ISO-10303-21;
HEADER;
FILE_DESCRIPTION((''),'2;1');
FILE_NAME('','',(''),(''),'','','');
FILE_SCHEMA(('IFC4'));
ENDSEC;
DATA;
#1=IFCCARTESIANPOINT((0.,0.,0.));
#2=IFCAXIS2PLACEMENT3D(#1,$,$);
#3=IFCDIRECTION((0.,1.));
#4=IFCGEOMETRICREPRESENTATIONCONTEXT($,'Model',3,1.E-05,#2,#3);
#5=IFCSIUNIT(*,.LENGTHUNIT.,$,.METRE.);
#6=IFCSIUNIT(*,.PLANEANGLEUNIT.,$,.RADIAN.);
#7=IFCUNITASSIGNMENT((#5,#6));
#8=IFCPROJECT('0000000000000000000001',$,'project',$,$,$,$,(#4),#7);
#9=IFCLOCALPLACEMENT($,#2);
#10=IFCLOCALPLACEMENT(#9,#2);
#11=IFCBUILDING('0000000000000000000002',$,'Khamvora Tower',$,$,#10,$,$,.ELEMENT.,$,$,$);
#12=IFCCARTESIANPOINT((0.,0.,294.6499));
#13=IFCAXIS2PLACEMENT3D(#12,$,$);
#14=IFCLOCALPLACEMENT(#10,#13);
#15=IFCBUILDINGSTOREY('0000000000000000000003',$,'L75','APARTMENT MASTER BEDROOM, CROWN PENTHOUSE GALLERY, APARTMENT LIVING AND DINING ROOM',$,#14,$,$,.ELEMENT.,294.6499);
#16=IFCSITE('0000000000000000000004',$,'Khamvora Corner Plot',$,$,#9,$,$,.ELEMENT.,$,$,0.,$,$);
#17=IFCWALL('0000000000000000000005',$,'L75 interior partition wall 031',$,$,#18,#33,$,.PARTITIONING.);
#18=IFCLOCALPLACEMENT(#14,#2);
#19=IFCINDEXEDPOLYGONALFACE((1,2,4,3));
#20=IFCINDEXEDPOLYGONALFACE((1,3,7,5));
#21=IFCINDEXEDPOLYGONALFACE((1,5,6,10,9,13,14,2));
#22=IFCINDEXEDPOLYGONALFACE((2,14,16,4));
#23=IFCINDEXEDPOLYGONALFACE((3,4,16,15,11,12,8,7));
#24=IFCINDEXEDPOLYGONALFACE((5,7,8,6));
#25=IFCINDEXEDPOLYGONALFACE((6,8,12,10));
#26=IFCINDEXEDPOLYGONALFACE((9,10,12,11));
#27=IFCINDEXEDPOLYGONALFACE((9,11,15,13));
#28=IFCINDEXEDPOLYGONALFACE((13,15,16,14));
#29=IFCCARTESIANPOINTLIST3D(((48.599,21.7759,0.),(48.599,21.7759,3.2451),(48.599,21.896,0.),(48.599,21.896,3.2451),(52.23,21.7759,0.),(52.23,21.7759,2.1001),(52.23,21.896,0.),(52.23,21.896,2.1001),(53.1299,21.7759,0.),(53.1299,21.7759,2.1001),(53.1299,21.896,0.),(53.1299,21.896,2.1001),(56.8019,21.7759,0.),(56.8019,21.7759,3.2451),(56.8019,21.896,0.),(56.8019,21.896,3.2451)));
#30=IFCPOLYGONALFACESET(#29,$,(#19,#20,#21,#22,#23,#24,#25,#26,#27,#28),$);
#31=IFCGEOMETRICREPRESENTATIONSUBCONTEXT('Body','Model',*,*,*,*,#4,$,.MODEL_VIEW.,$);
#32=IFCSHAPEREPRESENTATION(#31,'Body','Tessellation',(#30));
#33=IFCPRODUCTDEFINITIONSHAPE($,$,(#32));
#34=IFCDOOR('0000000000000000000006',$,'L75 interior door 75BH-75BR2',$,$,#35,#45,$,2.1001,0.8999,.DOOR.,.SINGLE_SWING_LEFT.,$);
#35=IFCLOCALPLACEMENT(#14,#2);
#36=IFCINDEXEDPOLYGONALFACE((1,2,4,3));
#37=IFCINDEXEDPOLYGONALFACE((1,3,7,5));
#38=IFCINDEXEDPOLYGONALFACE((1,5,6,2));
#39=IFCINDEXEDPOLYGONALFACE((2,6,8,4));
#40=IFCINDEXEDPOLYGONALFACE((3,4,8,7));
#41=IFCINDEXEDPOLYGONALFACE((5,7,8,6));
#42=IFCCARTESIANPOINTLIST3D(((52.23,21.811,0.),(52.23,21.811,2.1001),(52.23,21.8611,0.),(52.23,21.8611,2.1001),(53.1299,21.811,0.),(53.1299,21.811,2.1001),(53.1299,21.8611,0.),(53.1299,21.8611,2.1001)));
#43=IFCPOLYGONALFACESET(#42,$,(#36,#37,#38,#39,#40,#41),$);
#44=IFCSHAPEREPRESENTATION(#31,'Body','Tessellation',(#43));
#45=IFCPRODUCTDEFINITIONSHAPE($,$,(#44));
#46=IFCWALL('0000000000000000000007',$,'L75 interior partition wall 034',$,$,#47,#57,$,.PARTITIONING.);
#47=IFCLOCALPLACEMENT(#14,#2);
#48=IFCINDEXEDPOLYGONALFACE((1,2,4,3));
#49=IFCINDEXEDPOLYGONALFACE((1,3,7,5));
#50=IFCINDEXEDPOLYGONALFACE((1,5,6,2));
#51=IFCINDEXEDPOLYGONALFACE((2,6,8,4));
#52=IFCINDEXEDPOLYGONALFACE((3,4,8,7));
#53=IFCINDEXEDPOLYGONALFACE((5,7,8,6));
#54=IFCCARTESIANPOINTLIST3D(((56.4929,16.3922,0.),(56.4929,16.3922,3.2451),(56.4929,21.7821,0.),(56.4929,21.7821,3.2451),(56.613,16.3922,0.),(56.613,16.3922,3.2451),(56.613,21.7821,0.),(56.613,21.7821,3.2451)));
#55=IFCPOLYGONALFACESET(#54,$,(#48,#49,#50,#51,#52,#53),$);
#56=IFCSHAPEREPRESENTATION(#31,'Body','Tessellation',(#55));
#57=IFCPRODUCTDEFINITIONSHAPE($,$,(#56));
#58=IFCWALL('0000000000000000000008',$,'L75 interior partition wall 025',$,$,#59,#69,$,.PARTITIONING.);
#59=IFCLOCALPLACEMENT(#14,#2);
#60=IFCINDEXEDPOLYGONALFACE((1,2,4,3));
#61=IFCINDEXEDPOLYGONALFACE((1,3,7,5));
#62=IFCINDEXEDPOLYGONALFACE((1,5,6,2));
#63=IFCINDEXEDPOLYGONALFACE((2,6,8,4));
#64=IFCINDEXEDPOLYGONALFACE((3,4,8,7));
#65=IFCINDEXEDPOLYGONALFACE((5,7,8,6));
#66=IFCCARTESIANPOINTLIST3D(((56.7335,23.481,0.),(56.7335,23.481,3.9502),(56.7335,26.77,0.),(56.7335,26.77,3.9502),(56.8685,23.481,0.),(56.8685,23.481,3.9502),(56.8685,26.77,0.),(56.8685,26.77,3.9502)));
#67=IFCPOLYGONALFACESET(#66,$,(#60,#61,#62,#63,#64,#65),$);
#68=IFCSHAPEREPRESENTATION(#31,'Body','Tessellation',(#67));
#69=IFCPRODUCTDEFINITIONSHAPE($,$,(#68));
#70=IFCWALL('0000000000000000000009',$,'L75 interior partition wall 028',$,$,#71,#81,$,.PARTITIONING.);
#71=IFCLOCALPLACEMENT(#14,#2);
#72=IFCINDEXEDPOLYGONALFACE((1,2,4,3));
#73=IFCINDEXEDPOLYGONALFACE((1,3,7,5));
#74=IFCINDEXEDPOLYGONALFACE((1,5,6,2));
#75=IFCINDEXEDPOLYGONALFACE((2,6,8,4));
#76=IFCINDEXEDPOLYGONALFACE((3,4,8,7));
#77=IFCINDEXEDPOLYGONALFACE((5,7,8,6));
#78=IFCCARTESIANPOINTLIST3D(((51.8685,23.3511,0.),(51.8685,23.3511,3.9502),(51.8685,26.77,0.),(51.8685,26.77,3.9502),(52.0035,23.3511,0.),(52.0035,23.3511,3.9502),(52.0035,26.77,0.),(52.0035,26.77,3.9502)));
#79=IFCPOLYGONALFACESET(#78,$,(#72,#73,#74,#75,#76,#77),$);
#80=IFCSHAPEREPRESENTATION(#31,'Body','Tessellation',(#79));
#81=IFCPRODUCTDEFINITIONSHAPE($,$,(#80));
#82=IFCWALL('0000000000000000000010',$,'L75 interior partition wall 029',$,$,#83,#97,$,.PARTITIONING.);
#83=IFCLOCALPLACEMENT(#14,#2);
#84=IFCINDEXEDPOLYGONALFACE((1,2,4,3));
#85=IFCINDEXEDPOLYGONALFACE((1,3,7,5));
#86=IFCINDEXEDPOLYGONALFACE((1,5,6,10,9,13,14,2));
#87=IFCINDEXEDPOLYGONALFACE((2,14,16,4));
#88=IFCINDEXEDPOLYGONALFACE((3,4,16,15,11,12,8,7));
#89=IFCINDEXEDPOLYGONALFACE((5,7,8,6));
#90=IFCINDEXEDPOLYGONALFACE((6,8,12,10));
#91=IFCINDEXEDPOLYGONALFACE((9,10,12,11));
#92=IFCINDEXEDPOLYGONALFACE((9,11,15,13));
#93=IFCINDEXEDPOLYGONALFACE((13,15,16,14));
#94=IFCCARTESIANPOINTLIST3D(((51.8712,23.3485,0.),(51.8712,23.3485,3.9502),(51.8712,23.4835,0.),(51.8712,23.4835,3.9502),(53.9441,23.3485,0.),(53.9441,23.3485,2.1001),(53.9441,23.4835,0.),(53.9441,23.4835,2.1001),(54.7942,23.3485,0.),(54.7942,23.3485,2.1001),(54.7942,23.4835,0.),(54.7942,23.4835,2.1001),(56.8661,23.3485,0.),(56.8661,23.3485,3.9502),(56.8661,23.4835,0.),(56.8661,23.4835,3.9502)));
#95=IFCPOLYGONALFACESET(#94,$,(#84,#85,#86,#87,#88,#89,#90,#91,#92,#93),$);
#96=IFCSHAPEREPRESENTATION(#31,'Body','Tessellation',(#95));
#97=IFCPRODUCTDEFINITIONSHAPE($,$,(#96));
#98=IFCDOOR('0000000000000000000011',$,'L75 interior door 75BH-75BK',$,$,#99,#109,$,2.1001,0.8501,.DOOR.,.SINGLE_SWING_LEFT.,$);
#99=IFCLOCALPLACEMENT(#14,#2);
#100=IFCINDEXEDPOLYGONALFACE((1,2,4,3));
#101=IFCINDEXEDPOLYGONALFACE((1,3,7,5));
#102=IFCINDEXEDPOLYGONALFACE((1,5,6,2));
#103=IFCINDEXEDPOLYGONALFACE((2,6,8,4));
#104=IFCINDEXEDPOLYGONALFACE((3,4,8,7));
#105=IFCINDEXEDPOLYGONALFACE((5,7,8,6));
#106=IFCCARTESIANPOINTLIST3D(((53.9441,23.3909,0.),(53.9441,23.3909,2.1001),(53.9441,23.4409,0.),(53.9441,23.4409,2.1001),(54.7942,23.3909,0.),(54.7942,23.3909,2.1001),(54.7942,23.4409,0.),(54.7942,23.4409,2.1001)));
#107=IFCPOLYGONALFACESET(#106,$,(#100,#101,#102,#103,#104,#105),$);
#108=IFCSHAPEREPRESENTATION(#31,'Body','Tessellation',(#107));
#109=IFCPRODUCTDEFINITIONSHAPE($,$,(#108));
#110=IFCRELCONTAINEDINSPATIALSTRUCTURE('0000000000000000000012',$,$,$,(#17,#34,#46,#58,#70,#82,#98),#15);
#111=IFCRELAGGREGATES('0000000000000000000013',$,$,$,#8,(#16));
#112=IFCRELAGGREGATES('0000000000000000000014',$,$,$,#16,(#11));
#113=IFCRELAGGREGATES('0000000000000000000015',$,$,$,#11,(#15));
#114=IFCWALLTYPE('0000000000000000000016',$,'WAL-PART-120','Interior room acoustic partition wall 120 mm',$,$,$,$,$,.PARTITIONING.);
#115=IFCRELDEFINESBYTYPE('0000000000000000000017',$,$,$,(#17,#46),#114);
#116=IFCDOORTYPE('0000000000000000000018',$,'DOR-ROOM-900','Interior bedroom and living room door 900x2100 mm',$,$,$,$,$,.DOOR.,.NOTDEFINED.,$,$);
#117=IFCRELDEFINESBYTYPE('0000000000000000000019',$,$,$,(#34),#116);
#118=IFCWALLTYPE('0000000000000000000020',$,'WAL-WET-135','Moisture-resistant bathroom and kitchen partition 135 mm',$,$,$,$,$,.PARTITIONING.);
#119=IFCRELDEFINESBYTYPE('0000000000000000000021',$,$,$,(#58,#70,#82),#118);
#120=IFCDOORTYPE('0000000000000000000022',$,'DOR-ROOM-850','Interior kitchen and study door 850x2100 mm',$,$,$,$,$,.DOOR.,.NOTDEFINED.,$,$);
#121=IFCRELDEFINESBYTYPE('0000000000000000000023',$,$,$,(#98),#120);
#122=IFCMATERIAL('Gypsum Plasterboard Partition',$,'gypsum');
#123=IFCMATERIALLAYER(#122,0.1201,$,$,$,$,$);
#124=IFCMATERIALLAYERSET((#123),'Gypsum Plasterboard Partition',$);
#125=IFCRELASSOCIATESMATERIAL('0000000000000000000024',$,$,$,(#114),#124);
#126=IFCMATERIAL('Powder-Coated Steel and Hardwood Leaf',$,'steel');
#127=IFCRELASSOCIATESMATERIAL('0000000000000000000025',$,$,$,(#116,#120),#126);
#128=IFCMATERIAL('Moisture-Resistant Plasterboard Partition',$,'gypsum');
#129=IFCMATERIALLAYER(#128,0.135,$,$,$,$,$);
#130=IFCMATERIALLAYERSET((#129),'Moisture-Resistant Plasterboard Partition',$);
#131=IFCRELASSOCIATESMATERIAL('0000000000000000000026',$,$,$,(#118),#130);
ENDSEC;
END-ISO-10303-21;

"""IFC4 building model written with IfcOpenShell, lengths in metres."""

from ifc_helpers import new_model, si_unit, direction, frame, frame_2d, origin, place, context, subcontext, project, spatial, rectangle, extrude, material, layer, layer_set, type_object, element, fill, save


model = new_model("IFC4")

# Units and contexts
model_context = context("Model", 3, precision=1e-05, world=origin(), true_north=direction((0.0, 1.0)))
body_context = subcontext(model_context, "Body", "Model", "MODEL_VIEW")
ifc_project = project(units=[si_unit("LENGTHUNIT", "METRE"), si_unit("PLANEANGLEUNIT", "RADIAN")], contexts=[model_context])

# Site, building, storey
site_placement = place(None, origin())
site = spatial("IfcSite", under=ifc_project, at=site_placement, Name="Khamvora Corner Plot", CompositionType="ELEMENT", RefElevation=0.0)
building_placement = place(site_placement, origin())
building = spatial("IfcBuilding", under=site, at=building_placement, Name="Khamvora Tower", CompositionType="ELEMENT")
storey_placement = place(building_placement, frame((0.0, 0.0, 294.6499)))
storey = spatial("IfcBuildingStorey", under=building, at=storey_placement, Name="L75", Description="APARTMENT MASTER BEDROOM, CROWN PENTHOUSE GALLERY, APARTMENT LIVING AND DINING ROOM", CompositionType="ELEMENT", Elevation=294.6499)

# Shared definitions
ifc_material_1 = material(Name="Powder-Coated Steel and Hardwood Leaf", Category="steel")

# Wall, opening, door
ifc_material_2 = material(Name="Gypsum Plasterboard Partition", Category="gypsum")
ifc_layer_1 = layer(ifc_material_2, 0.1201)
ifc_layer_set_1 = layer_set([ifc_layer_1], Name="Gypsum Plasterboard Partition")
wall_type_1 = type_object("IfcWallType", Name="WAL-PART-120", Description="Interior room acoustic partition wall 120 mm", PredefinedType="PARTITIONING", material=ifc_layer_set_1)
wall_1_placement = place(storey_placement, frame((56.802, 21.8359, 0.0), z_axis=(0.0, 0.0, 1.0), x_axis=(-1.0, 0.0, 0.0)))
wall_1 = element("IfcWall", 1, at=wall_1_placement, inside=storey, type_object=wall_type_1, Name="L75 interior partition wall 031", PredefinedType="PARTITIONING", context=body_context, shape_type="SweptSolid", body=[
    extrude(rectangle(XDim=8.2029, YDim=0.1201, at=frame_2d((4.1016, 0.0))), origin(), (0.0, 0.0, 1.0), 3.2451),
])
opening_1_placement = place(wall_1_placement, frame((3.6721, 0.0, 0.0)))
opening_1 = element("IfcOpeningElement", 2, at=opening_1_placement, cuts=wall_1, PredefinedType="OPENING", context=body_context, shape_type="SweptSolid", body=[
    extrude(rectangle(XDim=0.8999, YDim=2.1001, at=frame_2d((0.45, 1.05))), frame((0.0, 0.0701, 0.0), z_axis=(0.0, -1.0, 0.0), x_axis=(1.0, 0.0, 0.0)), (0.0, 0.0, 1.0), 0.1401),
])
door_type_1 = type_object("IfcDoorType", Name="DOR-ROOM-900", Description="Interior bedroom and living room door 900x2100 mm", OperationType="NOTDEFINED", PredefinedType="DOOR", material=ifc_material_1)
door_1_placement = place(opening_1_placement, origin())
door_1 = element("IfcDoor", 3, at=door_1_placement, inside=storey, type_object=door_type_1, Name="L75 interior door 75BH-75BR2", OperationType="SINGLE_SWING_LEFT", OverallHeight=2.1001, OverallWidth=0.8999, PredefinedType="DOOR", context=body_context, shape_type="SweptSolid", body=[
    extrude(rectangle(XDim=0.8999, YDim=2.1001, at=frame_2d((0.45, 1.05))), frame((0.0, 0.0249, 0.0), z_axis=(0.0, -1.0, 0.0), x_axis=(1.0, 0.0, 0.0)), (0.0, 0.0, 1.0), 0.05),
])
fill(opening_1, door_1)

# Walls
wall_2_placement = place(storey_placement, frame((56.553, 21.782, 0.0), z_axis=(0.0, 0.0, 1.0), x_axis=(0.0, -1.0, 0.0)))
element("IfcWall", 4, at=wall_2_placement, inside=storey, type_object=wall_type_1, Name="L75 interior partition wall 034", PredefinedType="PARTITIONING", context=body_context, shape_type="SweptSolid", body=[
    extrude(rectangle(XDim=5.3899, YDim=0.1201, at=frame_2d((2.6948, 0.0))), origin(), (0.0, 0.0, 1.0), 3.2451),
])
ifc_material_3 = material(Name="Moisture-Resistant Plasterboard Partition", Category="gypsum")
ifc_layer_2 = layer(ifc_material_3, 0.135)
ifc_layer_set_2 = layer_set([ifc_layer_2], Name="Moisture-Resistant Plasterboard Partition")
wall_type_2 = type_object("IfcWallType", Name="WAL-WET-135", Description="Moisture-resistant bathroom and kitchen partition 135 mm", PredefinedType="PARTITIONING", material=ifc_layer_set_2)
wall_3_placement = place(storey_placement, frame((56.801, 23.481, 0.0), z_axis=(0.0, 0.0, 1.0), x_axis=(0.0, 1.0, 0.0)))
element("IfcWall", 5, at=wall_3_placement, inside=storey, type_object=wall_type_2, Name="L75 interior partition wall 025", PredefinedType="PARTITIONING", context=body_context, shape_type="SweptSolid", body=[
    extrude(rectangle(XDim=3.2891, YDim=0.135, at=frame_2d((1.6445, 0.0))), origin(), (0.0, 0.0, 1.0), 3.9502),
])
wall_4_placement = place(storey_placement, frame((51.936, 26.77, 0.0), z_axis=(0.0, 0.0, 1.0), x_axis=(0.0, -1.0, 0.0)))
element("IfcWall", 6, at=wall_4_placement, inside=storey, type_object=wall_type_2, Name="L75 interior partition wall 028", PredefinedType="PARTITIONING", context=body_context, shape_type="SweptSolid", body=[
    extrude(rectangle(XDim=3.4189, YDim=0.135, at=frame_2d((1.7095, 0.0))), origin(), (0.0, 0.0, 1.0), 3.9502),
])

# Wall, opening, door
wall_5_placement = place(storey_placement, frame((51.8711, 23.416, 0.0), z_axis=(0.0, 0.0, 1.0), x_axis=(1.0, 0.0, 0.0)))
wall_5 = element("IfcWall", 7, at=wall_5_placement, inside=storey, type_object=wall_type_2, Name="L75 interior partition wall 029", PredefinedType="PARTITIONING", context=body_context, shape_type="SweptSolid", body=[
    extrude(rectangle(XDim=4.9949, YDim=0.135, at=frame_2d((2.4976, 0.0))), origin(), (0.0, 0.0, 1.0), 3.9502),
])
opening_2_placement = place(wall_5_placement, frame((2.073, 0.0, 0.0)))
opening_2 = element("IfcOpeningElement", 8, at=opening_2_placement, cuts=wall_5, PredefinedType="OPENING", context=body_context, shape_type="SweptSolid", body=[
    extrude(rectangle(XDim=0.8501, YDim=2.1001, at=frame_2d((0.425, 1.05))), frame((0.0, 0.0774, 0.0), z_axis=(0.0, -1.0, 0.0), x_axis=(1.0, 0.0, 0.0)), (0.0, 0.0, 1.0), 0.155),
])
door_type_2 = type_object("IfcDoorType", Name="DOR-ROOM-850", Description="Interior kitchen and study door 850x2100 mm", OperationType="NOTDEFINED", PredefinedType="DOOR", material=ifc_material_1)
door_2_placement = place(opening_2_placement, origin())
door_2 = element("IfcDoor", 9, at=door_2_placement, inside=storey, type_object=door_type_2, Name="L75 interior door 75BH-75BK", OperationType="SINGLE_SWING_LEFT", OverallHeight=2.1001, OverallWidth=0.8501, PredefinedType="DOOR", context=body_context, shape_type="SweptSolid", body=[
    extrude(rectangle(XDim=0.8501, YDim=2.1001, at=frame_2d((0.425, 1.05))), frame((0.0, 0.0249, 0.0), z_axis=(0.0, -1.0, 0.0), x_axis=(1.0, 0.0, 0.0)), (0.0, 0.0, 1.0), 0.05),
])
fill(opening_2, door_2)

save(model, "model.ifc")
